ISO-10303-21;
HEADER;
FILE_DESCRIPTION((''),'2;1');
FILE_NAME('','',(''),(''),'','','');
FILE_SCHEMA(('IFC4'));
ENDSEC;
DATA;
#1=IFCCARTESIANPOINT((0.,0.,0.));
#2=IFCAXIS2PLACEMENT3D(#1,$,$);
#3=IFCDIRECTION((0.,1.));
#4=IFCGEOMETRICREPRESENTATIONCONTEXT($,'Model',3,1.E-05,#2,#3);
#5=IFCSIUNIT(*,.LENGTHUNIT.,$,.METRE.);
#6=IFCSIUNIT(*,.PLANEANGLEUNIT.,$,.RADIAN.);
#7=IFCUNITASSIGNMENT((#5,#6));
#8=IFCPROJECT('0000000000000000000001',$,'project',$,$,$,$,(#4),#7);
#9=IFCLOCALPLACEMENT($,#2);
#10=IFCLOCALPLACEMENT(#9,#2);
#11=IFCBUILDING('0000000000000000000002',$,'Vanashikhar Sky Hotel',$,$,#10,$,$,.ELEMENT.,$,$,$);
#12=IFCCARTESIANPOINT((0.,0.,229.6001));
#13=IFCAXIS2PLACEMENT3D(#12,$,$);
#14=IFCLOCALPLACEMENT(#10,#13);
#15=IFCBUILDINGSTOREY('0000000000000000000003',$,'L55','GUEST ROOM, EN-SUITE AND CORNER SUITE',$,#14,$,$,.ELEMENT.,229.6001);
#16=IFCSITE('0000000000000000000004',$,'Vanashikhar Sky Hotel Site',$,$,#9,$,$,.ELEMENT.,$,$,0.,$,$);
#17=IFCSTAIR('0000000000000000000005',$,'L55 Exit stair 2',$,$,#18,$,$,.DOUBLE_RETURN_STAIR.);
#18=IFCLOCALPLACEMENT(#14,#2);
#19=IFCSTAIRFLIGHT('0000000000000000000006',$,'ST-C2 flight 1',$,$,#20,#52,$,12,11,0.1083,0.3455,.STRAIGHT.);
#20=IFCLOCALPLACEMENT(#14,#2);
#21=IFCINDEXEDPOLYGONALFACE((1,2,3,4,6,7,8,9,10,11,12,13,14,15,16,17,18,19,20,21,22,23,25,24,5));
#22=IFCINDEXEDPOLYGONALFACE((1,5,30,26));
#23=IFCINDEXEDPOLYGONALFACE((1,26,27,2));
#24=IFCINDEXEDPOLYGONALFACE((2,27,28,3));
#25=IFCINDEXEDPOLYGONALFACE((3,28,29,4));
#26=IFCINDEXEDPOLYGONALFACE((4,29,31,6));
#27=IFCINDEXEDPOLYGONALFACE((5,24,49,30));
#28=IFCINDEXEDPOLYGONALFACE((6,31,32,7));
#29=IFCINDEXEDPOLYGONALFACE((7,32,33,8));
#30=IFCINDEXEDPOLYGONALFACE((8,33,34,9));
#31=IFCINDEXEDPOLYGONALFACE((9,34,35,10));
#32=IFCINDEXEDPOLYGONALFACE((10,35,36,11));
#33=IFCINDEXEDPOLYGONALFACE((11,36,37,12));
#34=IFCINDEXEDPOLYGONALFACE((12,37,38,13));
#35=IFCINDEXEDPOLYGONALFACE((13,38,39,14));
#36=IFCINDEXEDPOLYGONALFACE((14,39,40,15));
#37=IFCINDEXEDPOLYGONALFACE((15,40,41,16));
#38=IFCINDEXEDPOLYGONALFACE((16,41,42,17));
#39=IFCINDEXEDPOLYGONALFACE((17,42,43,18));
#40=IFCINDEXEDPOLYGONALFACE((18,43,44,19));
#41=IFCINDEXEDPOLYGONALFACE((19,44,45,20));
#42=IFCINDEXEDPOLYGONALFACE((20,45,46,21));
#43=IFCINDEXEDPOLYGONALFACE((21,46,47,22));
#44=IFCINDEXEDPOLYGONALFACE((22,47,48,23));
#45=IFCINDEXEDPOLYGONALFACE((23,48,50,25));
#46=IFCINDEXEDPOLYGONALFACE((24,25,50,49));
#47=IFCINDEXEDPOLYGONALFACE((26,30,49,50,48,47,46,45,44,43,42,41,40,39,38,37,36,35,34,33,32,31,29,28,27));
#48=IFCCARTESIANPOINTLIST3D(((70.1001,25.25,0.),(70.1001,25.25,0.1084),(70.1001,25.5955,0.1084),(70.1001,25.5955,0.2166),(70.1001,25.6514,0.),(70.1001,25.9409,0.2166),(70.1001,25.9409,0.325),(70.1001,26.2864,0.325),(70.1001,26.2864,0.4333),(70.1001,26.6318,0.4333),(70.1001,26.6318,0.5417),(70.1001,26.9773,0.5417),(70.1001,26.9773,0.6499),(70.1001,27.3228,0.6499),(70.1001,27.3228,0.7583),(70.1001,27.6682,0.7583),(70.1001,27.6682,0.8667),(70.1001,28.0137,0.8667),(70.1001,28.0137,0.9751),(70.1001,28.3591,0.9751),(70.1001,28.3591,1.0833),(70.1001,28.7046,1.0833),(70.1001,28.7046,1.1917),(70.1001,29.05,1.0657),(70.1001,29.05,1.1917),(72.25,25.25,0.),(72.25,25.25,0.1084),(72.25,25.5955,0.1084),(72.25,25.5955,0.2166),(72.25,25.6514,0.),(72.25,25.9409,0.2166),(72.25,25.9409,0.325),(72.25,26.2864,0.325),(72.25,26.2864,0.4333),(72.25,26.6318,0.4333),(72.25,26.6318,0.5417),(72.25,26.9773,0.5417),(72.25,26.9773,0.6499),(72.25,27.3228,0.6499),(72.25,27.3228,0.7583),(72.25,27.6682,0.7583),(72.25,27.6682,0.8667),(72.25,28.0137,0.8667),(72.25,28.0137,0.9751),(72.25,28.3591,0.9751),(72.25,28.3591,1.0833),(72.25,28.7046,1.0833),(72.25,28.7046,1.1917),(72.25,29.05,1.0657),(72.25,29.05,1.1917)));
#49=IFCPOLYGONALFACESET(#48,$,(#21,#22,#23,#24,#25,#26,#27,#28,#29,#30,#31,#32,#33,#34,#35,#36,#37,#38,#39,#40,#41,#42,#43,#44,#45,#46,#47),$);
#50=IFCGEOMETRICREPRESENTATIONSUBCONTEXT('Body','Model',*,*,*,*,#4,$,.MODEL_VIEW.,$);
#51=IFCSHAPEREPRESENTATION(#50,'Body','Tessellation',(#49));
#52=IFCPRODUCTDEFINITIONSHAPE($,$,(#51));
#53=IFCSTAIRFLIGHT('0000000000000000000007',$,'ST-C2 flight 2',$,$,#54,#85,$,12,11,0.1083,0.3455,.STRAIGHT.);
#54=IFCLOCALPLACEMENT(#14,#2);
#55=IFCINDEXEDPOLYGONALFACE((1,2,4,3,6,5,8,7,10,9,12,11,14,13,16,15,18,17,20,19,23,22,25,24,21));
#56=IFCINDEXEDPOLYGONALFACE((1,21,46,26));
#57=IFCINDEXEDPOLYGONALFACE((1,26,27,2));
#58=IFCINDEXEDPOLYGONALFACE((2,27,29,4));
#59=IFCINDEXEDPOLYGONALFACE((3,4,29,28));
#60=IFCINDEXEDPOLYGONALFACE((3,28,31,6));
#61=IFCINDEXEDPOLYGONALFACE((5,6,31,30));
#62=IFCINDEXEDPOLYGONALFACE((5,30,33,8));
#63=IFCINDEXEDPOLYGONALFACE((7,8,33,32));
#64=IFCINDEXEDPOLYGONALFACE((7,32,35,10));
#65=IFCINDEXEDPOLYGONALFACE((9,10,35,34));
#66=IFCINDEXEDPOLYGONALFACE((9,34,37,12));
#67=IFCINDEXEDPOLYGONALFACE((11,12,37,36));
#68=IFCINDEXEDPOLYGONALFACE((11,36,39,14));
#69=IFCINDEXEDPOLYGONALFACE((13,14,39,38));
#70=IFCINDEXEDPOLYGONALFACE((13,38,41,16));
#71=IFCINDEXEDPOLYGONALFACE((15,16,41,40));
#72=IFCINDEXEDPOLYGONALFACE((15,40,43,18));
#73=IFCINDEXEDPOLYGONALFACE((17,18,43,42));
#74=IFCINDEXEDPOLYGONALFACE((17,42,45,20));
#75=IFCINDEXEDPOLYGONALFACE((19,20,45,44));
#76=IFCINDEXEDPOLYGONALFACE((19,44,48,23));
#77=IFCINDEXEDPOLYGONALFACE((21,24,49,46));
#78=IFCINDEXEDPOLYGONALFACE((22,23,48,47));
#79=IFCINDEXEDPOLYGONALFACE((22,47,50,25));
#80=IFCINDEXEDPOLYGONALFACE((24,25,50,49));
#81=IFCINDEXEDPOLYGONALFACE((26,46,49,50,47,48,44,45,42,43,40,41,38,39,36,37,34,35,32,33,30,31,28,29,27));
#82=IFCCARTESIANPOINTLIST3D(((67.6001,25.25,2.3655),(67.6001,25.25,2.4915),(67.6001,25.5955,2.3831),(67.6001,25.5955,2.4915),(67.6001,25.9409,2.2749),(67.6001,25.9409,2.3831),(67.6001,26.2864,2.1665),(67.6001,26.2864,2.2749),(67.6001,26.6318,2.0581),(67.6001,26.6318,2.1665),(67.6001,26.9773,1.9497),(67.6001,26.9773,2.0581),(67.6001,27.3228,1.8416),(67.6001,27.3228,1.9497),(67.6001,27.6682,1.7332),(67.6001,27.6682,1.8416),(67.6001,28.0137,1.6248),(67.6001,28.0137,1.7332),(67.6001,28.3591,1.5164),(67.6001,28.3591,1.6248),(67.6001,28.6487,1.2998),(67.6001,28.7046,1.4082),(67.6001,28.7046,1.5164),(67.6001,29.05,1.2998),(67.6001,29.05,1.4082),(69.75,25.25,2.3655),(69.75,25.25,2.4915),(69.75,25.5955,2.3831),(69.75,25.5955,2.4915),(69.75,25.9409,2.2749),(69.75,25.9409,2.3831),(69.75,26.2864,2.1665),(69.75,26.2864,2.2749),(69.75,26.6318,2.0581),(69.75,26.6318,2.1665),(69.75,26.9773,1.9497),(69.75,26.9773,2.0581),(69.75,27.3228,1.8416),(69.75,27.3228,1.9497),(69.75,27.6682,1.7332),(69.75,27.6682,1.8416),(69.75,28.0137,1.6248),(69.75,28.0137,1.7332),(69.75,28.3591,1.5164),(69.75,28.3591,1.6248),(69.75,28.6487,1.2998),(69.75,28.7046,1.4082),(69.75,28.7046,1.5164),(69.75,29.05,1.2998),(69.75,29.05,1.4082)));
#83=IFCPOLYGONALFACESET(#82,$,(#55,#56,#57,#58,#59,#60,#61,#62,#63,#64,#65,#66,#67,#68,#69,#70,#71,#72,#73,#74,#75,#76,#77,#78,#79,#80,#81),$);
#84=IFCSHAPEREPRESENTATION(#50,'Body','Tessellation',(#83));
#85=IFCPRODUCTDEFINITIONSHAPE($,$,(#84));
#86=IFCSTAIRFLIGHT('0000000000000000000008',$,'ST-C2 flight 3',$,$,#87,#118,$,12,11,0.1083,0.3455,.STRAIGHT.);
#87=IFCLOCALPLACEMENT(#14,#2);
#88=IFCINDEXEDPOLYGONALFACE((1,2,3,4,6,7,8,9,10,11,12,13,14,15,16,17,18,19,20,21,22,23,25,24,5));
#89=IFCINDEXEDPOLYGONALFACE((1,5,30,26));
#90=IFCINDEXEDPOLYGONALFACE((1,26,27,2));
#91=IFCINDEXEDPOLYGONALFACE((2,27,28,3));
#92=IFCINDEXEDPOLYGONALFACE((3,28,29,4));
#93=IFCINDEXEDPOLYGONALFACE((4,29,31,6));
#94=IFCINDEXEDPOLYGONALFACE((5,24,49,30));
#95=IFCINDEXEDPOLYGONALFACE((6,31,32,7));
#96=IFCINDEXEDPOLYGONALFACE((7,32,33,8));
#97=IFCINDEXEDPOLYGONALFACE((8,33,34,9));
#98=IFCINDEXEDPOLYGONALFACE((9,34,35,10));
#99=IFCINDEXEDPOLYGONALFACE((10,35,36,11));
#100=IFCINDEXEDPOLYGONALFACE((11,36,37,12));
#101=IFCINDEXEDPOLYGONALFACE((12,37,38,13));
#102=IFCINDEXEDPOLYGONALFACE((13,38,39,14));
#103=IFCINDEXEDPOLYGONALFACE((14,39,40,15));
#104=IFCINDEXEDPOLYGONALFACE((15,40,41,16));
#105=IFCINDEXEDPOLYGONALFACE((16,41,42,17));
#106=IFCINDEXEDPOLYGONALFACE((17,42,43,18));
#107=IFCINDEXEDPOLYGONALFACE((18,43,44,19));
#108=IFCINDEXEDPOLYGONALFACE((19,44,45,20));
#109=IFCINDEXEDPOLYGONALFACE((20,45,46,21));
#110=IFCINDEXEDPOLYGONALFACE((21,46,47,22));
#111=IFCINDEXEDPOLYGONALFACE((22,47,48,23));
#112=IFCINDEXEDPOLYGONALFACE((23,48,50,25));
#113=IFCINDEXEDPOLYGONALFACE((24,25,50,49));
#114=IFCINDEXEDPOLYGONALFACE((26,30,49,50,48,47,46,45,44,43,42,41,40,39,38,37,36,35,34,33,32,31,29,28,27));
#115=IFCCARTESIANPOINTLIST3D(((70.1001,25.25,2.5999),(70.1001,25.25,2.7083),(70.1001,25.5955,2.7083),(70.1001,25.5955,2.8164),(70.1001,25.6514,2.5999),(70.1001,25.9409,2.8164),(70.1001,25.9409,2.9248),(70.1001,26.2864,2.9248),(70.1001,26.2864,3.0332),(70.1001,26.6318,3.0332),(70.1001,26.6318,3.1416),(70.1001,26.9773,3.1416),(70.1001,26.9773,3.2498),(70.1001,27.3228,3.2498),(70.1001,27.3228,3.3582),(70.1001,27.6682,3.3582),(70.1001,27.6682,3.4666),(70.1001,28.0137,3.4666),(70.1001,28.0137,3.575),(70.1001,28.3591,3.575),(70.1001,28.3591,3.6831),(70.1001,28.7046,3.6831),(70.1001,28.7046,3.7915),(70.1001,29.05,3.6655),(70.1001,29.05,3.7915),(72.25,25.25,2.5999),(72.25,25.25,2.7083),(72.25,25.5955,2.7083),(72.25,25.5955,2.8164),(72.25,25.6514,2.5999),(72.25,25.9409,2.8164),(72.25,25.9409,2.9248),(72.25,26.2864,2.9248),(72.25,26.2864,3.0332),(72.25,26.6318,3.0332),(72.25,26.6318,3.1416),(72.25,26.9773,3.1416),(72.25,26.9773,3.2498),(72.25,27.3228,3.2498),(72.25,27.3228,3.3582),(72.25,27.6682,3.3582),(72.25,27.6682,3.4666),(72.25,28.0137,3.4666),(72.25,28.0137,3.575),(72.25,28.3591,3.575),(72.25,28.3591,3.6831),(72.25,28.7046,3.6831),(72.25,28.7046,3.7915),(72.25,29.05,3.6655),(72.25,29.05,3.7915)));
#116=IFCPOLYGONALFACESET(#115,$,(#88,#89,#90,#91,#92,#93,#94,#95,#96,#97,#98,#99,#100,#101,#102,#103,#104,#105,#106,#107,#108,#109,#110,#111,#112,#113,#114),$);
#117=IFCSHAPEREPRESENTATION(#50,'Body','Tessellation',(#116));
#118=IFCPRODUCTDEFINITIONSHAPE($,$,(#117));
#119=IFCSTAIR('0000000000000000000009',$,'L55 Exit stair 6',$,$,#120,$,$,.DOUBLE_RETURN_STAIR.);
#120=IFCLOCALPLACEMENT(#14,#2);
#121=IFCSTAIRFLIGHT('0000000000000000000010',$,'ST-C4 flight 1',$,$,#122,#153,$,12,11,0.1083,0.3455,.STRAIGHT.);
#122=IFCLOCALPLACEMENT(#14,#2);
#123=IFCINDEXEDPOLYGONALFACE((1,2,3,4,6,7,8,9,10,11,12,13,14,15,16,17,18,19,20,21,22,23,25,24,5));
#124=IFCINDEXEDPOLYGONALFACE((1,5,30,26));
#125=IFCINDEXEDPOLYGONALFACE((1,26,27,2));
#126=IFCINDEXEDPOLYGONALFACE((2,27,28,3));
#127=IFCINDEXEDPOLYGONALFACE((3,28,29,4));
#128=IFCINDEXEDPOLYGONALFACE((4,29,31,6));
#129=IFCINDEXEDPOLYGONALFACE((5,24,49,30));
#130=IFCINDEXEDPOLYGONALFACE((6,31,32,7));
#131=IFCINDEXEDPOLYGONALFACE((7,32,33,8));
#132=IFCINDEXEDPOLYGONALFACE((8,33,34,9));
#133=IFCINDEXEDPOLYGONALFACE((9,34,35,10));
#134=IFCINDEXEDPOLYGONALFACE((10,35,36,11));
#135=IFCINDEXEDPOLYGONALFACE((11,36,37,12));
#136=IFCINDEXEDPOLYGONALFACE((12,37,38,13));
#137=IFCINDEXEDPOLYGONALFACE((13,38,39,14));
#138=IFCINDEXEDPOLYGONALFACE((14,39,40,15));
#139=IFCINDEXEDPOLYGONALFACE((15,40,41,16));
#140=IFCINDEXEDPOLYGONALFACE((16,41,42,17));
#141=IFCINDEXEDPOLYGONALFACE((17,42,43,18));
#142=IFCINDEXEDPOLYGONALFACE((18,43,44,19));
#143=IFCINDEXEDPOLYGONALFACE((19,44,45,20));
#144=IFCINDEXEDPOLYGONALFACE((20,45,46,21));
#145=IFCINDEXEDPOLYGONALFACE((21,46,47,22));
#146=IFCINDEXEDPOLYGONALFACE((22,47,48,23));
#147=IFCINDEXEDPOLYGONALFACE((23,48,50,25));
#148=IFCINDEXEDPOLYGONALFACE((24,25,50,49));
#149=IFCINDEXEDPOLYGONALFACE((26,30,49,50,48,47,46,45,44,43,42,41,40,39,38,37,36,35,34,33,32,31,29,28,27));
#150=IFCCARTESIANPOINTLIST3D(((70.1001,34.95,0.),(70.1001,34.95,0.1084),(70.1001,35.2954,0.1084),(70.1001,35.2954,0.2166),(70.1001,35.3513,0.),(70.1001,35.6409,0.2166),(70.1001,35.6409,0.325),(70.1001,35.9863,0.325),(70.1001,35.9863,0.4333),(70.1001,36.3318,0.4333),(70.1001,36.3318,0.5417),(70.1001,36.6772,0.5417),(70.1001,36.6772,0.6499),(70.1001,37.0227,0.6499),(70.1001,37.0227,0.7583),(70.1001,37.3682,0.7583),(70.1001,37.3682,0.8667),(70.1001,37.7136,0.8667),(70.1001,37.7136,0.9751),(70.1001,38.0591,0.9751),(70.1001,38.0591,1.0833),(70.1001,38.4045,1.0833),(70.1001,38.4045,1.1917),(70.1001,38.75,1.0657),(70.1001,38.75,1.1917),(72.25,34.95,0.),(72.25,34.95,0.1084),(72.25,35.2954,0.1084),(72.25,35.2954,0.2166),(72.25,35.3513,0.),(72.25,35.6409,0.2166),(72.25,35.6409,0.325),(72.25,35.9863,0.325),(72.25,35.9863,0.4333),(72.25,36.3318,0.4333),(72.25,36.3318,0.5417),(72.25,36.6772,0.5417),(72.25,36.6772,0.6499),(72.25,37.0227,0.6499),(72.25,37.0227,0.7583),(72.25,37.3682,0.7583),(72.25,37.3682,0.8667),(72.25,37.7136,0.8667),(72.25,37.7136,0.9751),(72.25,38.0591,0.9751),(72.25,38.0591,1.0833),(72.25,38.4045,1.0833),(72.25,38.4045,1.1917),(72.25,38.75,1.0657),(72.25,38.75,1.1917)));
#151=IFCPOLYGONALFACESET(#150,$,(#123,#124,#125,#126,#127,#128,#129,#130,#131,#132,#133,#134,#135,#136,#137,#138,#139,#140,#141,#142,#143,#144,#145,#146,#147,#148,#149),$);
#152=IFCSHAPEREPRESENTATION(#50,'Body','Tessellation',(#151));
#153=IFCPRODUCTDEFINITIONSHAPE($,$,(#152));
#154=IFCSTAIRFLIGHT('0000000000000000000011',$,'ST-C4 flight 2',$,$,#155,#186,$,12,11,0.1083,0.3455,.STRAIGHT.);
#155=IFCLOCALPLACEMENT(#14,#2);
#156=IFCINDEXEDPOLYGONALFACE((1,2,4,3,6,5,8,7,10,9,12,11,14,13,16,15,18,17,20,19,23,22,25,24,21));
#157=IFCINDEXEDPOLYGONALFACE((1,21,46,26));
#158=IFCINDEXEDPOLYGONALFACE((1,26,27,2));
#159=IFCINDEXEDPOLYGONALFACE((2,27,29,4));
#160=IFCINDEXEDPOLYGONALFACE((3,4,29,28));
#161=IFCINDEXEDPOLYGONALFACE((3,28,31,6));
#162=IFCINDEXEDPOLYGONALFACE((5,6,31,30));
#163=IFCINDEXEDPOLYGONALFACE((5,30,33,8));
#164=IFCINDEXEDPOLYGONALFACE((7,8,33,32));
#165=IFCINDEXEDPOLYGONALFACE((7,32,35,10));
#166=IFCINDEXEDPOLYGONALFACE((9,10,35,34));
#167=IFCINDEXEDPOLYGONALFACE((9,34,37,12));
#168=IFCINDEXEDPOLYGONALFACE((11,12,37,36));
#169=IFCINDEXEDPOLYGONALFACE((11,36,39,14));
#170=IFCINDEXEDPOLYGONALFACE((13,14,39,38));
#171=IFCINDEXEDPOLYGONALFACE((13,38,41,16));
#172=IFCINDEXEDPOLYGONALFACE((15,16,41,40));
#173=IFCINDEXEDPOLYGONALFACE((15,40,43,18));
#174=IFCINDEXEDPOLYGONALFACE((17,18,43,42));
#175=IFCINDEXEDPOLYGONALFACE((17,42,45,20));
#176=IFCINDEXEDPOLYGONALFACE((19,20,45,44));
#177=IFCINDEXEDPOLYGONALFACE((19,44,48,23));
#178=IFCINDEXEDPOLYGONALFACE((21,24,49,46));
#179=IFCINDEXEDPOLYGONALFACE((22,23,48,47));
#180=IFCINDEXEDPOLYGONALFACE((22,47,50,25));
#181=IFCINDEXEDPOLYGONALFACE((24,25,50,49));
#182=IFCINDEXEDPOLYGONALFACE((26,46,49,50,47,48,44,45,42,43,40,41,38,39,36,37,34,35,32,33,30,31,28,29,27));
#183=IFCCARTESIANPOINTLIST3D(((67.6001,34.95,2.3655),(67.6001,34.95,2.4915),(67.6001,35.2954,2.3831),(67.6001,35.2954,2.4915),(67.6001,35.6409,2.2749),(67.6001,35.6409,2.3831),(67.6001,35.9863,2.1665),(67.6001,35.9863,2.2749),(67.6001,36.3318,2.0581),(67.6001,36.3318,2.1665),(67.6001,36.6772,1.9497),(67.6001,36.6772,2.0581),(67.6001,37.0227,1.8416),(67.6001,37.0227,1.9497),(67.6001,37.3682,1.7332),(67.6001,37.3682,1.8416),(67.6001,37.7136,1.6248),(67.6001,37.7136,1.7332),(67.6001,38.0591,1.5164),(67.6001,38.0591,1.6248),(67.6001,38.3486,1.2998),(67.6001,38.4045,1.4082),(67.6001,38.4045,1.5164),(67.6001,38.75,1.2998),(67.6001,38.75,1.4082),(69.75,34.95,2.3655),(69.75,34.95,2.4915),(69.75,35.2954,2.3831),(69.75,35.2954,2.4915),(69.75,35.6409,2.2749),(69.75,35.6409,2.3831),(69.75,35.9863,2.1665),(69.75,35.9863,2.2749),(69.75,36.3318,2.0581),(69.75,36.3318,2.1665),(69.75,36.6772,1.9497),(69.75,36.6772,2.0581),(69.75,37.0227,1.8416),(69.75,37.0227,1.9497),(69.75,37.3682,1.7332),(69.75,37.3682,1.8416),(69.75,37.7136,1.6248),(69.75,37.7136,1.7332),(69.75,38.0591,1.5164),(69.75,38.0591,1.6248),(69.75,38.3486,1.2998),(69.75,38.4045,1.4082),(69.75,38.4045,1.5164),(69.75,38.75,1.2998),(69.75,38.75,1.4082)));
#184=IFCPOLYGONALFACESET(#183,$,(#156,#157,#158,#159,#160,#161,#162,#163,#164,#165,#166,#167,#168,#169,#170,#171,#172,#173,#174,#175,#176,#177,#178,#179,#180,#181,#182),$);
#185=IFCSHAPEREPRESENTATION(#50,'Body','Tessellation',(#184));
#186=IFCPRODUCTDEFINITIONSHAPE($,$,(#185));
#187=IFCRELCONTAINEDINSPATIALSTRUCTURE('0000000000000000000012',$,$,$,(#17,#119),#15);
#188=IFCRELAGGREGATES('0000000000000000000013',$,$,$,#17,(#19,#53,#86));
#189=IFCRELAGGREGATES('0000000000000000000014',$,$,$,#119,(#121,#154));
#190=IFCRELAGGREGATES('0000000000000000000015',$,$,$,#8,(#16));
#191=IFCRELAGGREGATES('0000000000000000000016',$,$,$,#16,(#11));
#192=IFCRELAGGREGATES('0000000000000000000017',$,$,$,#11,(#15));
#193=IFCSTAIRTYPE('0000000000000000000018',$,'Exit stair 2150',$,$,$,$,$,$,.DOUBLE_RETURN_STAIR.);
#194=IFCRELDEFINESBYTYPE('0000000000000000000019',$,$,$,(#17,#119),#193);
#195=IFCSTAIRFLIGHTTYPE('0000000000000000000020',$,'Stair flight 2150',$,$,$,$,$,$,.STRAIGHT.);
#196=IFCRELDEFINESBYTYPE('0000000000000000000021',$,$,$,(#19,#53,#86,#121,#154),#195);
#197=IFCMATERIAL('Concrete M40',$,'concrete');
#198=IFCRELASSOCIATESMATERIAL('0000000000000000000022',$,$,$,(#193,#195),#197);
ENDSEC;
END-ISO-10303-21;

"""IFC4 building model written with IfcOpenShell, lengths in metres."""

from ifc_helpers import new_model, si_unit, direction, frame, origin, place, context, subcontext, project, spatial, polyline, outline, extrude, source, transform, mapped, material, type_object, element, aggregate, save


model = new_model("IFC4")

# Units and contexts
model_context = context("Model", 3, precision=1e-05, world=origin(), true_north=direction((0.0, 1.0)))
body_context = subcontext(model_context, "Body", "Model", "MODEL_VIEW")
ifc_project = project(units=[si_unit("LENGTHUNIT", "METRE"), si_unit("PLANEANGLEUNIT", "RADIAN")], contexts=[model_context])

# Site, building, storey
site_placement = place(None, origin())
site = spatial("IfcSite", under=ifc_project, at=site_placement, Name="Vanashikhar Sky Hotel Site", CompositionType="ELEMENT", RefElevation=0.0)
building_placement = place(site_placement, origin())
building = spatial("IfcBuilding", under=site, at=building_placement, Name="Vanashikhar Sky Hotel", CompositionType="ELEMENT")
storey_placement = place(building_placement, frame((0.0, 0.0, 229.6001)))
storey = spatial("IfcBuildingStorey", under=building, at=storey_placement, Name="L55", Description="GUEST ROOM, EN-SUITE AND CORNER SUITE", CompositionType="ELEMENT", Elevation=229.6001)

# Stairs, stair flights
ifc_material_1 = material(Name="Concrete M40", Category="concrete")
stair_type = type_object("IfcStairType", Name="Exit stair 2150", PredefinedType="DOUBLE_RETURN_STAIR", material=ifc_material_1)
stair_1_placement = place(storey_placement, origin())
stair_1 = element("IfcStair", 1, at=stair_1_placement, inside=storey, type_object=stair_type, Name="L55 Exit stair 2", PredefinedType="DOUBLE_RETURN_STAIR")
stair_flight_type = type_object("IfcStairFlightType", Name="Stair flight 2150", PredefinedType="STRAIGHT", material=ifc_material_1)
shared_shape_1 = source(origin(), body_context, "Body", "SweptSolid", [
    extrude(outline(polyline([(0.0, 0.0), (0.0, 0.1084), (0.3455, 0.1084), (0.3455, 0.2166), (0.6909, 0.2166), (0.6909, 0.325), (1.0364, 0.325), (1.0364, 0.4333), (1.3818, 0.4333), (1.3818, 0.5417), (1.7273, 0.5417), (1.7273, 0.6499), (2.0728, 0.6499), (2.0728, 0.7583), (2.4182, 0.7583), (2.4182, 0.8667), (2.7637, 0.8667), (2.7637, 0.9751), (3.1091, 0.9751), (3.1091, 1.0833), (3.4546, 1.0833), (3.4546, 1.1917), (3.8, 1.1917), (3.8, 1.3), (3.8, 1.0657), (0.4014, 0.0), (0.0, 0.0)])), frame((0.0, 1.075, 0.0), z_axis=(0.0, -1.0, 0.0), x_axis=(1.0, 0.0, 0.0)), (0.0, 0.0, 1.0), 2.1499),
])
stair_flight_1_placement = place(storey_placement, frame((71.175, 25.25, 0.0), z_axis=(0.0, 0.0, 1.0), x_axis=(0.0, 1.0, 0.0)))
stair_flight_1 = element("IfcStairFlight", 2, at=stair_flight_1_placement, type_object=stair_flight_type, Name="ST-C2 flight 1", NumberOfRisers=12, NumberOfTreads=11, PredefinedType="STRAIGHT", RiserHeight=0.1083, TreadLength=0.3455, context=body_context, shape_type="MappedRepresentation", body=[
    mapped(shared_shape_1, transform((0.0, 0.0, 0.0), scale=1.0)),
])
stair_flight_2_placement = place(storey_placement, frame((68.675, 29.05, 1.2998), z_axis=(0.0, 0.0, 1.0), x_axis=(0.0, -1.0, 0.0)))
stair_flight_2 = element("IfcStairFlight", 3, at=stair_flight_2_placement, type_object=stair_flight_type, Name="ST-C2 flight 2", NumberOfRisers=12, NumberOfTreads=11, PredefinedType="STRAIGHT", RiserHeight=0.1083, TreadLength=0.3455, context=body_context, shape_type="MappedRepresentation", body=[
    mapped(shared_shape_1, transform((0.0, 0.0, 0.0), scale=1.0)),
])
stair_flight_3_placement = place(storey_placement, frame((71.175, 25.25, 2.5999), z_axis=(0.0, 0.0, 1.0), x_axis=(0.0, 1.0, 0.0)))
stair_flight_3 = element("IfcStairFlight", 4, at=stair_flight_3_placement, type_object=stair_flight_type, Name="ST-C2 flight 3", NumberOfRisers=12, NumberOfTreads=11, PredefinedType="STRAIGHT", RiserHeight=0.1083, TreadLength=0.3455, context=body_context, shape_type="MappedRepresentation", body=[
    mapped(shared_shape_1, transform((0.0, 0.0, 0.0), scale=1.0)),
])
aggregate(stair_1, [stair_flight_1, stair_flight_2, stair_flight_3])
stair_2_placement = place(storey_placement, origin())
stair_2 = element("IfcStair", 5, at=stair_2_placement, inside=storey, type_object=stair_type, Name="L55 Exit stair 6", PredefinedType="DOUBLE_RETURN_STAIR")
stair_flight_4_placement = place(storey_placement, frame((71.175, 34.95, 0.0), z_axis=(0.0, 0.0, 1.0), x_axis=(0.0, 1.0, 0.0)))
stair_flight_4 = element("IfcStairFlight", 6, at=stair_flight_4_placement, type_object=stair_flight_type, Name="ST-C4 flight 1", NumberOfRisers=12, NumberOfTreads=11, PredefinedType="STRAIGHT", RiserHeight=0.1083, TreadLength=0.3455, context=body_context, shape_type="MappedRepresentation", body=[
    mapped(shared_shape_1, transform((0.0, 0.0, 0.0), scale=1.0)),
])
stair_flight_5_placement = place(storey_placement, frame((68.675, 38.75, 1.2998), z_axis=(0.0, 0.0, 1.0), x_axis=(0.0, -1.0, 0.0)))
stair_flight_5 = element("IfcStairFlight", 7, at=stair_flight_5_placement, type_object=stair_flight_type, Name="ST-C4 flight 2", NumberOfRisers=12, NumberOfTreads=11, PredefinedType="STRAIGHT", RiserHeight=0.1083, TreadLength=0.3455, context=body_context, shape_type="MappedRepresentation", body=[
    mapped(shared_shape_1, transform((0.0, 0.0, 0.0), scale=1.0)),
])
aggregate(stair_2, [stair_flight_4, stair_flight_5])

save(model, "model.ifc")
